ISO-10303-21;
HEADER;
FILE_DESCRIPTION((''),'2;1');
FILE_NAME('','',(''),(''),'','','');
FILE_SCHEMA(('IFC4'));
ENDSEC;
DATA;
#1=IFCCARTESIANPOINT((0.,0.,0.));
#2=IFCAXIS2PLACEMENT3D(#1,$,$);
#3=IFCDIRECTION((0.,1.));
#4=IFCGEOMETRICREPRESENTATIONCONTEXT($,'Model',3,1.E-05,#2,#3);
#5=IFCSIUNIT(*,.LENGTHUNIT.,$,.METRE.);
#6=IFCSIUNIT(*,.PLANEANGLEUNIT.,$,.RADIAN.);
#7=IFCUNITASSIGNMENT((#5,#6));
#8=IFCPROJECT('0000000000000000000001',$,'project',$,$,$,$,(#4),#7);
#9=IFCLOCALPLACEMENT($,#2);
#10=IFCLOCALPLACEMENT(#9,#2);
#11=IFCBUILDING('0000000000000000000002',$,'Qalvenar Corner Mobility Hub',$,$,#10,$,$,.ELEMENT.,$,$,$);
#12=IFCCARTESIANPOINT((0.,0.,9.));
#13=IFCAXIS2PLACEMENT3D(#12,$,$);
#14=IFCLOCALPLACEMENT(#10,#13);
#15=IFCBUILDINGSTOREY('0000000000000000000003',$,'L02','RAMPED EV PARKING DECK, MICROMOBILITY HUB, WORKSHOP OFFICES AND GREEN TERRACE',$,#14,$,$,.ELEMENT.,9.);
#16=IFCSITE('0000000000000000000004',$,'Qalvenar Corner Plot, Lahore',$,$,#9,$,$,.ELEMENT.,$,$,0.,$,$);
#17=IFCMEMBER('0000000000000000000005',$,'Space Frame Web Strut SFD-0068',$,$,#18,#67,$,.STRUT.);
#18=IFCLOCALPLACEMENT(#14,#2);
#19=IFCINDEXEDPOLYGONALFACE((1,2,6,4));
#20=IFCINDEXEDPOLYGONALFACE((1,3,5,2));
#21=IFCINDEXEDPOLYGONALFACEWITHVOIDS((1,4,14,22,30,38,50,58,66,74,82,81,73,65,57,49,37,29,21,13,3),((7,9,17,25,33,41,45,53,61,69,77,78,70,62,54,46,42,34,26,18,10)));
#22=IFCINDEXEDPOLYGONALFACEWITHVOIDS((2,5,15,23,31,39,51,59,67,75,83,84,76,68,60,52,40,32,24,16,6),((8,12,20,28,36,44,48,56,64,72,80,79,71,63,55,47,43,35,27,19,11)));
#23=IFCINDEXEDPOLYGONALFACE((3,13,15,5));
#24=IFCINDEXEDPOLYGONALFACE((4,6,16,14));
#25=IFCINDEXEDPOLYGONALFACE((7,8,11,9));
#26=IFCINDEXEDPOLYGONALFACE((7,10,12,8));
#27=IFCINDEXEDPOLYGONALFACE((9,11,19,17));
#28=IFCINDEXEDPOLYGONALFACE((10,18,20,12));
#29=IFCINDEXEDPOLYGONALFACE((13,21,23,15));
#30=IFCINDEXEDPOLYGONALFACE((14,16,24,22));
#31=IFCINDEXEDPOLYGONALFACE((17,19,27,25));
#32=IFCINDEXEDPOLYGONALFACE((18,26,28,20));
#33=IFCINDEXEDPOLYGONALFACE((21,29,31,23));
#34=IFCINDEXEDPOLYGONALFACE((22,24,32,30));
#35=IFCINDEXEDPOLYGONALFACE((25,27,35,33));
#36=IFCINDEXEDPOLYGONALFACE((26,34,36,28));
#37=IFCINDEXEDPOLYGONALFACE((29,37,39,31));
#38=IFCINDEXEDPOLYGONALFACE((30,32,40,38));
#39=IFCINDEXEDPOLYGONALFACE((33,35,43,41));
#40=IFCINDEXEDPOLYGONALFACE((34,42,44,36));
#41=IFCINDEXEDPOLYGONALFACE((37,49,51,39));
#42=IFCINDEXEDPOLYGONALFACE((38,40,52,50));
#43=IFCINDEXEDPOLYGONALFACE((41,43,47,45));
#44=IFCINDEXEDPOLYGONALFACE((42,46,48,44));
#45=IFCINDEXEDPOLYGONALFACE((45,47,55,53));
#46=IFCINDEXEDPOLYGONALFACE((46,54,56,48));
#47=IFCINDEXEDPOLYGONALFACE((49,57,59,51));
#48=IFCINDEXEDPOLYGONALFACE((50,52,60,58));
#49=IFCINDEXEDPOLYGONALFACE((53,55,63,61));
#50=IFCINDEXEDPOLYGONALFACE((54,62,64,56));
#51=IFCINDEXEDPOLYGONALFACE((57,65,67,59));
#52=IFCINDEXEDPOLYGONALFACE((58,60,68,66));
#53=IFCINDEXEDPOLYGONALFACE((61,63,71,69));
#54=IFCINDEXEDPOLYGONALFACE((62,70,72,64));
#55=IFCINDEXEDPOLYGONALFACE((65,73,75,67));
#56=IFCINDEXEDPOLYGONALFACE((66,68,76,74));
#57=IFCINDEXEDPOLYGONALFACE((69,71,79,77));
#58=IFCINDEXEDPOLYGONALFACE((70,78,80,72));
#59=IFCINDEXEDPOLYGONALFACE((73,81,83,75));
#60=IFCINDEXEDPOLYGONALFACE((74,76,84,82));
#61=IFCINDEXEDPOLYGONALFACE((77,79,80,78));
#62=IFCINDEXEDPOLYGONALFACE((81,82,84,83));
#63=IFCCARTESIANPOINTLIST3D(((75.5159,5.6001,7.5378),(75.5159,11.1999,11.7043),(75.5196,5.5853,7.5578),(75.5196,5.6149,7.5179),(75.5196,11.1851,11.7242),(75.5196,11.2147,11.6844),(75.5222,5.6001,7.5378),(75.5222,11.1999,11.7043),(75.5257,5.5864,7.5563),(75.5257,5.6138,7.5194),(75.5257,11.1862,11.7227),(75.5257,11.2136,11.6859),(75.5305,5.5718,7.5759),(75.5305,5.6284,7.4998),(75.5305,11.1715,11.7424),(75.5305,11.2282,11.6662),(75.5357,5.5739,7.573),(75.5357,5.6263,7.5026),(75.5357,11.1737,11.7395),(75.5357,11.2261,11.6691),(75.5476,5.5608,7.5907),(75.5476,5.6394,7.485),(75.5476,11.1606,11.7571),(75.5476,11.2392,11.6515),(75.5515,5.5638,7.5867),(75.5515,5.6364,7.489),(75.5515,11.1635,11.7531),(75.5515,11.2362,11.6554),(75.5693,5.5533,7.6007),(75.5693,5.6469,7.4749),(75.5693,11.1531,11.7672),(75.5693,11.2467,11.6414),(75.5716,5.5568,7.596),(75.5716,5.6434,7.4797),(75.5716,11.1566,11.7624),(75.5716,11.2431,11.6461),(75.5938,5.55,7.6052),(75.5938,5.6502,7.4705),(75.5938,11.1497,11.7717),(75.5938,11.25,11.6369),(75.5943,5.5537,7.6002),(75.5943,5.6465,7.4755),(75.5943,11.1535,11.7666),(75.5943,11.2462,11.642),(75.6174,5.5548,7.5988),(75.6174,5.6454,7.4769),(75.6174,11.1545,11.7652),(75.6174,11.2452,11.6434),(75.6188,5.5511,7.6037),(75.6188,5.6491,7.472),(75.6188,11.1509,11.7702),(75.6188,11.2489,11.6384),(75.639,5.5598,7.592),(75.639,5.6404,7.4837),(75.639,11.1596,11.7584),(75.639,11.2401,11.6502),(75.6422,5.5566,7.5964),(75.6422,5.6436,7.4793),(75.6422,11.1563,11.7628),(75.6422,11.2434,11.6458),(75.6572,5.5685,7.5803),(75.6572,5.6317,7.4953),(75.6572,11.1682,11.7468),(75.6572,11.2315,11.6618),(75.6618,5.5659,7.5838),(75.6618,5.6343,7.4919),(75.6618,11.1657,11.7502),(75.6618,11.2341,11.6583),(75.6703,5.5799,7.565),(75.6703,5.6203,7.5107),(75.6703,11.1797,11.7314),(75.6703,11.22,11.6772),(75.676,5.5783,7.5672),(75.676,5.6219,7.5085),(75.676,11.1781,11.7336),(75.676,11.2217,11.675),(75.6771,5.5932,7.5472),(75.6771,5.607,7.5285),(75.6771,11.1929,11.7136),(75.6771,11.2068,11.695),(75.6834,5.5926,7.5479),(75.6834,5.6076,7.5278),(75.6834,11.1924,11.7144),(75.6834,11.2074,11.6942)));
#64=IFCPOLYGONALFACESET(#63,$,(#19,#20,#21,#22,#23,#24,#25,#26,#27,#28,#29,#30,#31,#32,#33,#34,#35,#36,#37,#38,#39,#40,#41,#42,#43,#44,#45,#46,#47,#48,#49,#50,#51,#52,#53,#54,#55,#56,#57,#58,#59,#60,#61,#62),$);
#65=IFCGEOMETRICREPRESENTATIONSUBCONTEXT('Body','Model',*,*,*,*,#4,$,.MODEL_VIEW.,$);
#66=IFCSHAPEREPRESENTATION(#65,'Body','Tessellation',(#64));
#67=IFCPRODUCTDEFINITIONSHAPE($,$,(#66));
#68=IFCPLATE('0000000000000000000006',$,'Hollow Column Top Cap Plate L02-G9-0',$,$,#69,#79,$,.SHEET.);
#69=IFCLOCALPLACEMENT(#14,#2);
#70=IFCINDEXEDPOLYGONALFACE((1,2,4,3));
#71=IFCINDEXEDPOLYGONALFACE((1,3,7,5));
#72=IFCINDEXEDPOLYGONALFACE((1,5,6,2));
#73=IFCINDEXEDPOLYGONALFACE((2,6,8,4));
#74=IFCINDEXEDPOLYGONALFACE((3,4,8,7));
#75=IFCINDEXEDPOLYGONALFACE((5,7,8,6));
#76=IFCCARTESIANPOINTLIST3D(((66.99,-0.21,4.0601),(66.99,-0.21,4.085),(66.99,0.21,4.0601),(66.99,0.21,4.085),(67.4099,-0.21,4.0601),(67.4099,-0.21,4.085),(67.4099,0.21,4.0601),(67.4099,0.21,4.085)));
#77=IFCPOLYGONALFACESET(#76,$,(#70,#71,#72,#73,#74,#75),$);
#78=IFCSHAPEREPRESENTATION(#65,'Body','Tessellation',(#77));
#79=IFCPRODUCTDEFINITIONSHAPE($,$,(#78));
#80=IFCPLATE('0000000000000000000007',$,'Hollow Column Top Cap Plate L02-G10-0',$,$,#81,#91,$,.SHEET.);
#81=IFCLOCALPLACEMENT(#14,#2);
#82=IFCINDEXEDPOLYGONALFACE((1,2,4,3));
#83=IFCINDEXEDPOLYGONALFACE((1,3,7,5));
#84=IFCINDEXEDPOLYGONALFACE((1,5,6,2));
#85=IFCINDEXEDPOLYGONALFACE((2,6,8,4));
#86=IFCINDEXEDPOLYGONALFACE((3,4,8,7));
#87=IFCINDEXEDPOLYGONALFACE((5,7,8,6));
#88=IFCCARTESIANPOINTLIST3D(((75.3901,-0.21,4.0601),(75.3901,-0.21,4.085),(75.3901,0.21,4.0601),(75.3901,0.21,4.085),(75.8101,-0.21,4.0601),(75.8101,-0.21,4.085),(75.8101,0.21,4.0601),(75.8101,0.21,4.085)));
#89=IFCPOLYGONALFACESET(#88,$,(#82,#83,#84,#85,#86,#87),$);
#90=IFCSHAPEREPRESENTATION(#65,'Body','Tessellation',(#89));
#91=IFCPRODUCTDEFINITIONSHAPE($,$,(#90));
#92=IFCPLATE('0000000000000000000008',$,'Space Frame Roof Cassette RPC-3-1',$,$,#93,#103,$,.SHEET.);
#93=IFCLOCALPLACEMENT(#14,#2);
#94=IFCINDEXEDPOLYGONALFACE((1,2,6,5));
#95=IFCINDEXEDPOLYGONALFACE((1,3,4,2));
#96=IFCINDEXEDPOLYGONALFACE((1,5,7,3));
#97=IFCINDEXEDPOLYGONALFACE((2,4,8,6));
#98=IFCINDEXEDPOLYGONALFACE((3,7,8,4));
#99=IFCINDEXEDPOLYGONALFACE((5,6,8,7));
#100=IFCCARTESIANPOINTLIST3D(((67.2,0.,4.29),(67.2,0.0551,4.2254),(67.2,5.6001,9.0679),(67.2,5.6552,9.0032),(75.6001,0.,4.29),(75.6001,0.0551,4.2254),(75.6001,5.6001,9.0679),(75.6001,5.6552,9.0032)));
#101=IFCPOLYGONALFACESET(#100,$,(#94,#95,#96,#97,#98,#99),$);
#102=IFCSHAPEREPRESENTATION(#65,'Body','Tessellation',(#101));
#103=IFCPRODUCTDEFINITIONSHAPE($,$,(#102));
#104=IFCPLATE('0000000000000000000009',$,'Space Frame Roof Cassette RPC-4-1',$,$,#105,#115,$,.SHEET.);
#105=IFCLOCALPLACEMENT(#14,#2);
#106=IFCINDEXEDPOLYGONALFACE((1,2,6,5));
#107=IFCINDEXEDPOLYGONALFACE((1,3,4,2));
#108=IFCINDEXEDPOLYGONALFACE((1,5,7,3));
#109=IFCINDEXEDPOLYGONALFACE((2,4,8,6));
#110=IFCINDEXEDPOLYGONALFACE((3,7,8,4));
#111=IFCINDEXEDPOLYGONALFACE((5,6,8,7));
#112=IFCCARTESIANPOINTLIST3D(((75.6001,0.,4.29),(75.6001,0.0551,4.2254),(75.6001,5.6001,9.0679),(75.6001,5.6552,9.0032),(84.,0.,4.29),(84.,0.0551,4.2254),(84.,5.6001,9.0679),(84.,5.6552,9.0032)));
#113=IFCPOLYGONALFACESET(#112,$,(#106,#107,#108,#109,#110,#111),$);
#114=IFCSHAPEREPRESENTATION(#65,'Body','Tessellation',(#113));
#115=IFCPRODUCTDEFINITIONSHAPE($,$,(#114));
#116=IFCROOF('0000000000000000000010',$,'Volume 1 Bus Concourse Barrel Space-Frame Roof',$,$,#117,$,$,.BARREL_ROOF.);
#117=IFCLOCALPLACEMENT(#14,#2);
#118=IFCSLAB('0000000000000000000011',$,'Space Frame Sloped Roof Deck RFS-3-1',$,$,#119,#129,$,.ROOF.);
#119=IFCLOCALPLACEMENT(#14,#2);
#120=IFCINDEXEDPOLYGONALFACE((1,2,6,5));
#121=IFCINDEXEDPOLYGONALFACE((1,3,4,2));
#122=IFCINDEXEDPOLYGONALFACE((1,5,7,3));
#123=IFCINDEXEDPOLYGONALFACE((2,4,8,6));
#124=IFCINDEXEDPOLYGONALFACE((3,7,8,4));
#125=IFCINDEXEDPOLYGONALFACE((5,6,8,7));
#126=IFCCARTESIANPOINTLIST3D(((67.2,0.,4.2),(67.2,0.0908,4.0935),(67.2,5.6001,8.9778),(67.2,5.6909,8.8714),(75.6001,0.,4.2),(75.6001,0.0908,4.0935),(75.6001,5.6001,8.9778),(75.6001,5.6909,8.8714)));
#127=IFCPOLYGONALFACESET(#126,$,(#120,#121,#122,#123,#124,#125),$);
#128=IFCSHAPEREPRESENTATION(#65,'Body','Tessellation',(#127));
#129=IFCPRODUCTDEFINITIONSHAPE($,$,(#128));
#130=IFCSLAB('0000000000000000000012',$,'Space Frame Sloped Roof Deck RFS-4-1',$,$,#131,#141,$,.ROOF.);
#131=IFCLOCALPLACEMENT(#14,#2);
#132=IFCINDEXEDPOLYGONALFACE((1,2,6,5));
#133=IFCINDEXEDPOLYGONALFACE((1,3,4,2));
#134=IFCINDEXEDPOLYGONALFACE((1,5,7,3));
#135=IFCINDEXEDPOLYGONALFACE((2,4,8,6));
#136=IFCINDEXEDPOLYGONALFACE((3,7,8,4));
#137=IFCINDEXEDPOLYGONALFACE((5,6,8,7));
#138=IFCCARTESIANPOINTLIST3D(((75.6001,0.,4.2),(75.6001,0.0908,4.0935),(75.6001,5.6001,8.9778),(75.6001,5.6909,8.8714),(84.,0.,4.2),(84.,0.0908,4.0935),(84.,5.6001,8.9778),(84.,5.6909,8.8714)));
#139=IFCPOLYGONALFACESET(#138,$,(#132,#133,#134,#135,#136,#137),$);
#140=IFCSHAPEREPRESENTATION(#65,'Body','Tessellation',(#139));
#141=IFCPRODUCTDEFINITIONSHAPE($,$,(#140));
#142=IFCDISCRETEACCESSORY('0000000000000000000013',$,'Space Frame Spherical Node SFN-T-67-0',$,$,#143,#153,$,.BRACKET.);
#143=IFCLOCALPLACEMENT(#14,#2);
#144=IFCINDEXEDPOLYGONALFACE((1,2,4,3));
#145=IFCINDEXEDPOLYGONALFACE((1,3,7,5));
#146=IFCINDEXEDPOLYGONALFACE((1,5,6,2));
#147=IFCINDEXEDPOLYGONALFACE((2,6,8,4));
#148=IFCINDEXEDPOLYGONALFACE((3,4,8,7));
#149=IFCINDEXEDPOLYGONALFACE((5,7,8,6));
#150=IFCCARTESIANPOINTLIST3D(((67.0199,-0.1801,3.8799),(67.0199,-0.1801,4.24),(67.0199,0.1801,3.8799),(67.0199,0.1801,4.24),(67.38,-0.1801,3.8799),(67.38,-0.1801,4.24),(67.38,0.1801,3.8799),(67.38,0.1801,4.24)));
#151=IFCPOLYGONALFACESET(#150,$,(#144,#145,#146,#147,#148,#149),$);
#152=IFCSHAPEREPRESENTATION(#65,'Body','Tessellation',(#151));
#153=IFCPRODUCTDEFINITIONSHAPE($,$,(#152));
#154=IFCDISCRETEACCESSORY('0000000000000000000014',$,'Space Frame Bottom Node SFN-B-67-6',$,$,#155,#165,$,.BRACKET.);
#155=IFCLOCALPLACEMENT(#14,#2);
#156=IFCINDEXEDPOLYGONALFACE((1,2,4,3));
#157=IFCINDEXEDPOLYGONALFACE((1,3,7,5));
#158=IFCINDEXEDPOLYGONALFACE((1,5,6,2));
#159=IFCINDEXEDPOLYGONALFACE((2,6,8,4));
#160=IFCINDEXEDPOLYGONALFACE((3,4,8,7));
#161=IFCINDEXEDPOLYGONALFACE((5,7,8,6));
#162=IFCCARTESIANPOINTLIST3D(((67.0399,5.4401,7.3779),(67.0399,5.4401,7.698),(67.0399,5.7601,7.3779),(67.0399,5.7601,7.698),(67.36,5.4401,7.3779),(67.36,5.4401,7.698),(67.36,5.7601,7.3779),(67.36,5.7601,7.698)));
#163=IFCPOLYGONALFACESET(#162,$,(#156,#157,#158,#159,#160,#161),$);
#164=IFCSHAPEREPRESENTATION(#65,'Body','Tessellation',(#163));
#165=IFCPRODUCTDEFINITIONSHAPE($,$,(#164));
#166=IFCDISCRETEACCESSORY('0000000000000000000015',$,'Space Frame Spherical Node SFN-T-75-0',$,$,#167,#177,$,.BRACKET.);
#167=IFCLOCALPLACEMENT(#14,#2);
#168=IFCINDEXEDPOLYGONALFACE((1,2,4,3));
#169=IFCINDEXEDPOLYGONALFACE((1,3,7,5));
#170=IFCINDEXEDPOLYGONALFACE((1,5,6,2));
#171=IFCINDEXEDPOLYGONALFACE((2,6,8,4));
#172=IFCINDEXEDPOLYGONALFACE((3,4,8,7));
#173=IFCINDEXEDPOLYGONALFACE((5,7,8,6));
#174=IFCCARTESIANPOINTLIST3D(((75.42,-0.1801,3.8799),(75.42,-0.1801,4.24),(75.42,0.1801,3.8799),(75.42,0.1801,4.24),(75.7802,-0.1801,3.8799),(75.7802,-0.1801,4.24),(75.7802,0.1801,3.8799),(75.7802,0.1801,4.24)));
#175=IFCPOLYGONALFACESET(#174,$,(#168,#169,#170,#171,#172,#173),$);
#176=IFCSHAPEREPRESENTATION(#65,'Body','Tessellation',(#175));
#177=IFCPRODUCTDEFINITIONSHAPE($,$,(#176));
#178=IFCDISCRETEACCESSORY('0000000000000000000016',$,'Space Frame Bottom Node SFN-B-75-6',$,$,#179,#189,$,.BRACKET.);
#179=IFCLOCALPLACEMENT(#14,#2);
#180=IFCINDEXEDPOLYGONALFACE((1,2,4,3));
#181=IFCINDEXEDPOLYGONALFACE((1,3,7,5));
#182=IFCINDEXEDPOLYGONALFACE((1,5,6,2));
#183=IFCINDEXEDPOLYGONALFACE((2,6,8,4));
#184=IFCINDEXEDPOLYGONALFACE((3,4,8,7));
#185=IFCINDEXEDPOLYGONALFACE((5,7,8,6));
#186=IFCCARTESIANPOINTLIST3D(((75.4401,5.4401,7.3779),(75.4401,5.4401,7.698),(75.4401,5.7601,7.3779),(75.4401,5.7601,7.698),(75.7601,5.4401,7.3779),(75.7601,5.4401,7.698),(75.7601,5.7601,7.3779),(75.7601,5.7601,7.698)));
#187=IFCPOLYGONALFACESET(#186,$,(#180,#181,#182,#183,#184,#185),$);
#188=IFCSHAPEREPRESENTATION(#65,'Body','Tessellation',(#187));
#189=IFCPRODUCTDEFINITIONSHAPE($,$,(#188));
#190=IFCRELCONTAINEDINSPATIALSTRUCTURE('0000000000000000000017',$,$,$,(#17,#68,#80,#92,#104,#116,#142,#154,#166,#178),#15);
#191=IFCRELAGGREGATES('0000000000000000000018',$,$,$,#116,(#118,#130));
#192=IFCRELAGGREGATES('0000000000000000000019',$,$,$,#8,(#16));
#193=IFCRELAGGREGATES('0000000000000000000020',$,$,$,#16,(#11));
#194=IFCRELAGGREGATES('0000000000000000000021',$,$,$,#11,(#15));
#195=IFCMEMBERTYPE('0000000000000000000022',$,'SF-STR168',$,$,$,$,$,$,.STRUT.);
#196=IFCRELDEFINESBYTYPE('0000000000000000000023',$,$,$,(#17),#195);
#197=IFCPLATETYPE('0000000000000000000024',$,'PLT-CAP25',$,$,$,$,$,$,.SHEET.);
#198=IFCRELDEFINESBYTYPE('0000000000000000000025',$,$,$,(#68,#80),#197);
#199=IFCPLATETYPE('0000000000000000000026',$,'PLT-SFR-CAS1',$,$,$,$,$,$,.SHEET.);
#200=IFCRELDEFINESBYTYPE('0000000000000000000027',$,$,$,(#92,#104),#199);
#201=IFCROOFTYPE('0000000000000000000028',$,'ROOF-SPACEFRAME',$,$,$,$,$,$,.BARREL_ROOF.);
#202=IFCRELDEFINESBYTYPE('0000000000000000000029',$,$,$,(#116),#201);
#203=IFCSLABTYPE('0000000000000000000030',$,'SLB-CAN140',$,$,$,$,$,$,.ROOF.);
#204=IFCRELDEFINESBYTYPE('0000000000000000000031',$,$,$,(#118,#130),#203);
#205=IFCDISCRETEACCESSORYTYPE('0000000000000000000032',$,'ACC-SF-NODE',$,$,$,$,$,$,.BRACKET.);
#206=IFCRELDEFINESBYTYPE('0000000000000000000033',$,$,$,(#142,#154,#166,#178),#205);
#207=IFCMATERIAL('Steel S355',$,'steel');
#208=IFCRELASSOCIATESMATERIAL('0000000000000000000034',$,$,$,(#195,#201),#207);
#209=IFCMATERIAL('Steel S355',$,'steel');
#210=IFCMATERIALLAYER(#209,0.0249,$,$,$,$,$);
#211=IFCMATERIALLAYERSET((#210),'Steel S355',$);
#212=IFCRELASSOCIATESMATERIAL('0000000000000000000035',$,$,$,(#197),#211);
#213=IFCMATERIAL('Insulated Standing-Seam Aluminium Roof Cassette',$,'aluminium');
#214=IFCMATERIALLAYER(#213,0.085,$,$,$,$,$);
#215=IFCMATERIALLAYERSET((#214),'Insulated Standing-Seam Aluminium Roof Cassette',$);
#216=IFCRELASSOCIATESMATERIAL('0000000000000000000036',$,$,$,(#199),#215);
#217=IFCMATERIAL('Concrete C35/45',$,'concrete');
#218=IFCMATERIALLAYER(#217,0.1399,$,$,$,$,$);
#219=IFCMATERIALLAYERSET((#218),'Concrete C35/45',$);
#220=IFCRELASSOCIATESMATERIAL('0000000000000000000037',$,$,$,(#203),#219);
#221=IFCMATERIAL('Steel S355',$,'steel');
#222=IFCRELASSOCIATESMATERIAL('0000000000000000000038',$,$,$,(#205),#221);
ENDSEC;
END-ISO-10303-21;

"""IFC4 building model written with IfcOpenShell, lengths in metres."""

from ifc_helpers import new_model, si_unit, direction, frame, origin, origin_2d, place, context, subcontext, project, spatial, polyline, rectangle, hollow_circle, outline, extrude, material, layer, layer_set, material_profile, profile_set, type_object, element, aggregate, save


model = new_model("IFC4")

# Units and contexts
model_context = context("Model", 3, precision=1e-05, world=origin(), true_north=direction((0.0, 1.0)))
body_context = subcontext(model_context, "Body", "Model", "MODEL_VIEW")
ifc_project = project(units=[si_unit("LENGTHUNIT", "METRE"), si_unit("PLANEANGLEUNIT", "RADIAN")], contexts=[model_context])

# Site, building, storey
site_placement = place(None, origin())
site = spatial("IfcSite", under=ifc_project, at=site_placement, Name="Qalvenar Corner Plot, Lahore", CompositionType="ELEMENT", RefElevation=0.0)
building_placement = place(site_placement, origin())
building = spatial("IfcBuilding", under=site, at=building_placement, Name="Qalvenar Corner Mobility Hub", CompositionType="ELEMENT")
storey_placement = place(building_placement, frame((0.0, 0.0, 9.0)))
storey = spatial("IfcBuildingStorey", under=building, at=storey_placement, Name="L02", Description="RAMPED EV PARKING DECK, MICROMOBILITY HUB, WORKSHOP OFFICES AND GREEN TERRACE", CompositionType="ELEMENT", Elevation=9.0)

# Shared definitions
ifc_material_1 = material(Name="Steel S355", Category="steel")

# Member
ifc_material_2 = material(Name="Steel S355", Category="steel")
ifc_material_profile_1 = material_profile(ifc_material_2, hollow_circle(Radius=0.0842, WallThickness=0.0063, at=origin_2d()), Name="CHS168.3x6.3")
ifc_profile_set_1 = profile_set([ifc_material_profile_1], Name="Steel S355")
member_type_1 = type_object("IfcMemberType", Name="SF-STR168", PredefinedType="STRUT", material=ifc_profile_set_1)
for number, where, z_axis, x_axis, name in (
    (1, (75.6001, 5.6001, 7.5378), (0.0, 0.80229, 0.596934), (-1.0, 0.0, 0.0), "Space Frame Web Strut SFD-0068"),
):
    element("IfcMember", number, at=place(storey_placement, frame(where, z_axis=z_axis, x_axis=x_axis)), inside=storey, type_object=member_type_1, Name=name, PredefinedType="STRUT", context=body_context, shape_type="SweptSolid", body=[
        extrude(hollow_circle(Radius=0.0842, WallThickness=0.0063, at=origin_2d()), origin(), (0.0, 0.0, 1.0), 6.9797),
    ])

# Plates
ifc_material_3 = material(Name="Steel S355", Category="steel")
ifc_layer_1 = layer(ifc_material_3, 0.0249)
ifc_layer_set_1 = layer_set([ifc_layer_1], Name="Steel S355")
plate_type_1 = type_object("IfcPlateType", Name="PLT-CAP25", PredefinedType="SHEET", material=ifc_layer_set_1)
for number, where, z_axis, x_axis, name in (
    (2, (67.2, 0.0, 4.0601), (0.0, 0.0, 1.0), (1.0, 0.0, 0.0), "Hollow Column Top Cap Plate L02-G9-0"),
    (3, (75.6001, 0.0, 4.0601), (0.0, 0.0, 1.0), (1.0, 0.0, 0.0), "Hollow Column Top Cap Plate L02-G10-0"),
):
    element("IfcPlate", number, at=place(storey_placement, frame(where, z_axis=z_axis, x_axis=x_axis)), inside=storey, type_object=plate_type_1, Name=name, PredefinedType="SHEET", context=body_context, shape_type="SweptSolid", body=[
        extrude(rectangle(XDim=0.4199, YDim=0.4199, at=origin_2d()), origin(), (0.0, 0.0, 1.0), 0.0249),
    ])
ifc_material_4 = material(Name="Insulated Standing-Seam Aluminium Roof Cassette", Category="aluminium")
ifc_layer_2 = layer(ifc_material_4, 0.085)
ifc_layer_set_2 = layer_set([ifc_layer_2], Name="Insulated Standing-Seam Aluminium Roof Cassette")
plate_type_2 = type_object("IfcPlateType", Name="PLT-SFR-CAS1", PredefinedType="SHEET", material=ifc_layer_set_2)
plate_1_placement = place(storey_placement, frame((67.2, 0.0, 4.29), z_axis=(0.0, -0.649047, 0.760748), x_axis=(1.0, 0.0, 0.0)))
element("IfcPlate", 4, at=plate_1_placement, inside=storey, type_object=plate_type_2, Name="Space Frame Roof Cassette RPC-3-1", PredefinedType="SHEET", context=body_context, shape_type="SweptSolid", body=[
    extrude(outline(polyline([(0.0, 0.0), (8.4001, 0.0), (8.4001, 7.3613), (0.0, 7.3613), (0.0, 0.0)])), origin(), (0.0, 0.0, -1.0), 0.085),
])
plate_2_placement = place(storey_placement, frame((75.6001, 0.0, 4.29), z_axis=(0.0, -0.649047, 0.760748), x_axis=(1.0, 0.0, 0.0)))
element("IfcPlate", 5, at=plate_2_placement, inside=storey, type_object=plate_type_2, Name="Space Frame Roof Cassette RPC-4-1", PredefinedType="SHEET", context=body_context, shape_type="SweptSolid", body=[
    extrude(outline(polyline([(0.0, 0.0), (8.3999, 0.0), (8.3999, 7.3613), (0.0, 7.3613), (0.0, 0.0)])), origin(), (0.0, 0.0, -1.0), 0.085),
])

# Roof, slabs
roof_type = type_object("IfcRoofType", Name="ROOF-SPACEFRAME", PredefinedType="BARREL_ROOF", material=ifc_material_2)
roof_placement = place(storey_placement, origin())
roof = element("IfcRoof", 6, at=roof_placement, inside=storey, type_object=roof_type, Name="Volume 1 Bus Concourse Barrel Space-Frame Roof", PredefinedType="BARREL_ROOF")
ifc_material_5 = material(Name="Concrete C35/45", Category="concrete")
ifc_layer_3 = layer(ifc_material_5, 0.1399)
ifc_layer_set_3 = layer_set([ifc_layer_3], Name="Concrete C35/45")
slab_type = type_object("IfcSlabType", Name="SLB-CAN140", PredefinedType="ROOF", material=ifc_layer_set_3)
slab_1_placement = place(storey_placement, frame((67.2, 0.0, 4.2), z_axis=(0.0, -0.649047, 0.760748), x_axis=(1.0, 0.0, 0.0)))
slab_1 = element("IfcSlab", 7, at=slab_1_placement, type_object=slab_type, Name="Space Frame Sloped Roof Deck RFS-3-1", PredefinedType="ROOF", context=body_context, shape_type="SweptSolid", body=[
    extrude(outline(polyline([(0.0, 0.0), (8.4001, 0.0), (8.4001, 7.3613), (0.0, 7.3613), (0.0, 0.0)])), origin(), (0.0, 0.0, -1.0), 0.1399),
])
slab_2_placement = place(storey_placement, frame((75.6001, 0.0, 4.2), z_axis=(0.0, -0.649047, 0.760748), x_axis=(1.0, 0.0, 0.0)))
slab_2 = element("IfcSlab", 8, at=slab_2_placement, type_object=slab_type, Name="Space Frame Sloped Roof Deck RFS-4-1", PredefinedType="ROOF", context=body_context, shape_type="SweptSolid", body=[
    extrude(outline(polyline([(0.0, 0.0), (8.3999, 0.0), (8.3999, 7.3613), (0.0, 7.3613), (0.0, 0.0)])), origin(), (0.0, 0.0, -1.0), 0.1399),
])
aggregate(roof, [slab_1, slab_2])

# Discrete accessories
discrete_accessory_type = type_object("IfcDiscreteAccessoryType", Name="ACC-SF-NODE", PredefinedType="BRACKET", material=ifc_material_1)
discrete_accessory_1_placement = place(storey_placement, frame((67.2, 0.0, 3.8799), z_axis=(0.0, 0.0, 1.0), x_axis=(1.0, 0.0, 0.0)))
element("IfcDiscreteAccessory", 9, at=discrete_accessory_1_placement, inside=storey, type_object=discrete_accessory_type, Name="Space Frame Spherical Node SFN-T-67-0", PredefinedType="BRACKET", context=body_context, shape_type="SweptSolid", body=[
    extrude(rectangle(XDim=0.3601, YDim=0.3601, at=origin_2d()), origin(), (0.0, 0.0, 1.0), 0.3601),
])
discrete_accessory_2_placement = place(storey_placement, frame((67.2, 5.6001, 7.3779), z_axis=(0.0, 0.0, 1.0), x_axis=(1.0, 0.0, 0.0)))
element("IfcDiscreteAccessory", 10, at=discrete_accessory_2_placement, inside=storey, type_object=discrete_accessory_type, Name="Space Frame Bottom Node SFN-B-67-6", PredefinedType="BRACKET", context=body_context, shape_type="SweptSolid", body=[
    extrude(rectangle(XDim=0.3201, YDim=0.3201, at=origin_2d()), origin(), (0.0, 0.0, 1.0), 0.3201),
])
discrete_accessory_3_placement = place(storey_placement, frame((75.6001, 0.0, 3.8799), z_axis=(0.0, 0.0, 1.0), x_axis=(1.0, 0.0, 0.0)))
element("IfcDiscreteAccessory", 11, at=discrete_accessory_3_placement, inside=storey, type_object=discrete_accessory_type, Name="Space Frame Spherical Node SFN-T-75-0", PredefinedType="BRACKET", context=body_context, shape_type="SweptSolid", body=[
    extrude(rectangle(XDim=0.3601, YDim=0.3601, at=origin_2d()), origin(), (0.0, 0.0, 1.0), 0.3601),
])
discrete_accessory_4_placement = place(storey_placement, frame((75.6001, 5.6001, 7.3779), z_axis=(0.0, 0.0, 1.0), x_axis=(1.0, 0.0, 0.0)))
element("IfcDiscreteAccessory", 12, at=discrete_accessory_4_placement, inside=storey, type_object=discrete_accessory_type, Name="Space Frame Bottom Node SFN-B-75-6", PredefinedType="BRACKET", context=body_context, shape_type="SweptSolid", body=[
    extrude(rectangle(XDim=0.3201, YDim=0.3201, at=origin_2d()), origin(), (0.0, 0.0, 1.0), 0.3201),
])

save(model, "model.ifc")
